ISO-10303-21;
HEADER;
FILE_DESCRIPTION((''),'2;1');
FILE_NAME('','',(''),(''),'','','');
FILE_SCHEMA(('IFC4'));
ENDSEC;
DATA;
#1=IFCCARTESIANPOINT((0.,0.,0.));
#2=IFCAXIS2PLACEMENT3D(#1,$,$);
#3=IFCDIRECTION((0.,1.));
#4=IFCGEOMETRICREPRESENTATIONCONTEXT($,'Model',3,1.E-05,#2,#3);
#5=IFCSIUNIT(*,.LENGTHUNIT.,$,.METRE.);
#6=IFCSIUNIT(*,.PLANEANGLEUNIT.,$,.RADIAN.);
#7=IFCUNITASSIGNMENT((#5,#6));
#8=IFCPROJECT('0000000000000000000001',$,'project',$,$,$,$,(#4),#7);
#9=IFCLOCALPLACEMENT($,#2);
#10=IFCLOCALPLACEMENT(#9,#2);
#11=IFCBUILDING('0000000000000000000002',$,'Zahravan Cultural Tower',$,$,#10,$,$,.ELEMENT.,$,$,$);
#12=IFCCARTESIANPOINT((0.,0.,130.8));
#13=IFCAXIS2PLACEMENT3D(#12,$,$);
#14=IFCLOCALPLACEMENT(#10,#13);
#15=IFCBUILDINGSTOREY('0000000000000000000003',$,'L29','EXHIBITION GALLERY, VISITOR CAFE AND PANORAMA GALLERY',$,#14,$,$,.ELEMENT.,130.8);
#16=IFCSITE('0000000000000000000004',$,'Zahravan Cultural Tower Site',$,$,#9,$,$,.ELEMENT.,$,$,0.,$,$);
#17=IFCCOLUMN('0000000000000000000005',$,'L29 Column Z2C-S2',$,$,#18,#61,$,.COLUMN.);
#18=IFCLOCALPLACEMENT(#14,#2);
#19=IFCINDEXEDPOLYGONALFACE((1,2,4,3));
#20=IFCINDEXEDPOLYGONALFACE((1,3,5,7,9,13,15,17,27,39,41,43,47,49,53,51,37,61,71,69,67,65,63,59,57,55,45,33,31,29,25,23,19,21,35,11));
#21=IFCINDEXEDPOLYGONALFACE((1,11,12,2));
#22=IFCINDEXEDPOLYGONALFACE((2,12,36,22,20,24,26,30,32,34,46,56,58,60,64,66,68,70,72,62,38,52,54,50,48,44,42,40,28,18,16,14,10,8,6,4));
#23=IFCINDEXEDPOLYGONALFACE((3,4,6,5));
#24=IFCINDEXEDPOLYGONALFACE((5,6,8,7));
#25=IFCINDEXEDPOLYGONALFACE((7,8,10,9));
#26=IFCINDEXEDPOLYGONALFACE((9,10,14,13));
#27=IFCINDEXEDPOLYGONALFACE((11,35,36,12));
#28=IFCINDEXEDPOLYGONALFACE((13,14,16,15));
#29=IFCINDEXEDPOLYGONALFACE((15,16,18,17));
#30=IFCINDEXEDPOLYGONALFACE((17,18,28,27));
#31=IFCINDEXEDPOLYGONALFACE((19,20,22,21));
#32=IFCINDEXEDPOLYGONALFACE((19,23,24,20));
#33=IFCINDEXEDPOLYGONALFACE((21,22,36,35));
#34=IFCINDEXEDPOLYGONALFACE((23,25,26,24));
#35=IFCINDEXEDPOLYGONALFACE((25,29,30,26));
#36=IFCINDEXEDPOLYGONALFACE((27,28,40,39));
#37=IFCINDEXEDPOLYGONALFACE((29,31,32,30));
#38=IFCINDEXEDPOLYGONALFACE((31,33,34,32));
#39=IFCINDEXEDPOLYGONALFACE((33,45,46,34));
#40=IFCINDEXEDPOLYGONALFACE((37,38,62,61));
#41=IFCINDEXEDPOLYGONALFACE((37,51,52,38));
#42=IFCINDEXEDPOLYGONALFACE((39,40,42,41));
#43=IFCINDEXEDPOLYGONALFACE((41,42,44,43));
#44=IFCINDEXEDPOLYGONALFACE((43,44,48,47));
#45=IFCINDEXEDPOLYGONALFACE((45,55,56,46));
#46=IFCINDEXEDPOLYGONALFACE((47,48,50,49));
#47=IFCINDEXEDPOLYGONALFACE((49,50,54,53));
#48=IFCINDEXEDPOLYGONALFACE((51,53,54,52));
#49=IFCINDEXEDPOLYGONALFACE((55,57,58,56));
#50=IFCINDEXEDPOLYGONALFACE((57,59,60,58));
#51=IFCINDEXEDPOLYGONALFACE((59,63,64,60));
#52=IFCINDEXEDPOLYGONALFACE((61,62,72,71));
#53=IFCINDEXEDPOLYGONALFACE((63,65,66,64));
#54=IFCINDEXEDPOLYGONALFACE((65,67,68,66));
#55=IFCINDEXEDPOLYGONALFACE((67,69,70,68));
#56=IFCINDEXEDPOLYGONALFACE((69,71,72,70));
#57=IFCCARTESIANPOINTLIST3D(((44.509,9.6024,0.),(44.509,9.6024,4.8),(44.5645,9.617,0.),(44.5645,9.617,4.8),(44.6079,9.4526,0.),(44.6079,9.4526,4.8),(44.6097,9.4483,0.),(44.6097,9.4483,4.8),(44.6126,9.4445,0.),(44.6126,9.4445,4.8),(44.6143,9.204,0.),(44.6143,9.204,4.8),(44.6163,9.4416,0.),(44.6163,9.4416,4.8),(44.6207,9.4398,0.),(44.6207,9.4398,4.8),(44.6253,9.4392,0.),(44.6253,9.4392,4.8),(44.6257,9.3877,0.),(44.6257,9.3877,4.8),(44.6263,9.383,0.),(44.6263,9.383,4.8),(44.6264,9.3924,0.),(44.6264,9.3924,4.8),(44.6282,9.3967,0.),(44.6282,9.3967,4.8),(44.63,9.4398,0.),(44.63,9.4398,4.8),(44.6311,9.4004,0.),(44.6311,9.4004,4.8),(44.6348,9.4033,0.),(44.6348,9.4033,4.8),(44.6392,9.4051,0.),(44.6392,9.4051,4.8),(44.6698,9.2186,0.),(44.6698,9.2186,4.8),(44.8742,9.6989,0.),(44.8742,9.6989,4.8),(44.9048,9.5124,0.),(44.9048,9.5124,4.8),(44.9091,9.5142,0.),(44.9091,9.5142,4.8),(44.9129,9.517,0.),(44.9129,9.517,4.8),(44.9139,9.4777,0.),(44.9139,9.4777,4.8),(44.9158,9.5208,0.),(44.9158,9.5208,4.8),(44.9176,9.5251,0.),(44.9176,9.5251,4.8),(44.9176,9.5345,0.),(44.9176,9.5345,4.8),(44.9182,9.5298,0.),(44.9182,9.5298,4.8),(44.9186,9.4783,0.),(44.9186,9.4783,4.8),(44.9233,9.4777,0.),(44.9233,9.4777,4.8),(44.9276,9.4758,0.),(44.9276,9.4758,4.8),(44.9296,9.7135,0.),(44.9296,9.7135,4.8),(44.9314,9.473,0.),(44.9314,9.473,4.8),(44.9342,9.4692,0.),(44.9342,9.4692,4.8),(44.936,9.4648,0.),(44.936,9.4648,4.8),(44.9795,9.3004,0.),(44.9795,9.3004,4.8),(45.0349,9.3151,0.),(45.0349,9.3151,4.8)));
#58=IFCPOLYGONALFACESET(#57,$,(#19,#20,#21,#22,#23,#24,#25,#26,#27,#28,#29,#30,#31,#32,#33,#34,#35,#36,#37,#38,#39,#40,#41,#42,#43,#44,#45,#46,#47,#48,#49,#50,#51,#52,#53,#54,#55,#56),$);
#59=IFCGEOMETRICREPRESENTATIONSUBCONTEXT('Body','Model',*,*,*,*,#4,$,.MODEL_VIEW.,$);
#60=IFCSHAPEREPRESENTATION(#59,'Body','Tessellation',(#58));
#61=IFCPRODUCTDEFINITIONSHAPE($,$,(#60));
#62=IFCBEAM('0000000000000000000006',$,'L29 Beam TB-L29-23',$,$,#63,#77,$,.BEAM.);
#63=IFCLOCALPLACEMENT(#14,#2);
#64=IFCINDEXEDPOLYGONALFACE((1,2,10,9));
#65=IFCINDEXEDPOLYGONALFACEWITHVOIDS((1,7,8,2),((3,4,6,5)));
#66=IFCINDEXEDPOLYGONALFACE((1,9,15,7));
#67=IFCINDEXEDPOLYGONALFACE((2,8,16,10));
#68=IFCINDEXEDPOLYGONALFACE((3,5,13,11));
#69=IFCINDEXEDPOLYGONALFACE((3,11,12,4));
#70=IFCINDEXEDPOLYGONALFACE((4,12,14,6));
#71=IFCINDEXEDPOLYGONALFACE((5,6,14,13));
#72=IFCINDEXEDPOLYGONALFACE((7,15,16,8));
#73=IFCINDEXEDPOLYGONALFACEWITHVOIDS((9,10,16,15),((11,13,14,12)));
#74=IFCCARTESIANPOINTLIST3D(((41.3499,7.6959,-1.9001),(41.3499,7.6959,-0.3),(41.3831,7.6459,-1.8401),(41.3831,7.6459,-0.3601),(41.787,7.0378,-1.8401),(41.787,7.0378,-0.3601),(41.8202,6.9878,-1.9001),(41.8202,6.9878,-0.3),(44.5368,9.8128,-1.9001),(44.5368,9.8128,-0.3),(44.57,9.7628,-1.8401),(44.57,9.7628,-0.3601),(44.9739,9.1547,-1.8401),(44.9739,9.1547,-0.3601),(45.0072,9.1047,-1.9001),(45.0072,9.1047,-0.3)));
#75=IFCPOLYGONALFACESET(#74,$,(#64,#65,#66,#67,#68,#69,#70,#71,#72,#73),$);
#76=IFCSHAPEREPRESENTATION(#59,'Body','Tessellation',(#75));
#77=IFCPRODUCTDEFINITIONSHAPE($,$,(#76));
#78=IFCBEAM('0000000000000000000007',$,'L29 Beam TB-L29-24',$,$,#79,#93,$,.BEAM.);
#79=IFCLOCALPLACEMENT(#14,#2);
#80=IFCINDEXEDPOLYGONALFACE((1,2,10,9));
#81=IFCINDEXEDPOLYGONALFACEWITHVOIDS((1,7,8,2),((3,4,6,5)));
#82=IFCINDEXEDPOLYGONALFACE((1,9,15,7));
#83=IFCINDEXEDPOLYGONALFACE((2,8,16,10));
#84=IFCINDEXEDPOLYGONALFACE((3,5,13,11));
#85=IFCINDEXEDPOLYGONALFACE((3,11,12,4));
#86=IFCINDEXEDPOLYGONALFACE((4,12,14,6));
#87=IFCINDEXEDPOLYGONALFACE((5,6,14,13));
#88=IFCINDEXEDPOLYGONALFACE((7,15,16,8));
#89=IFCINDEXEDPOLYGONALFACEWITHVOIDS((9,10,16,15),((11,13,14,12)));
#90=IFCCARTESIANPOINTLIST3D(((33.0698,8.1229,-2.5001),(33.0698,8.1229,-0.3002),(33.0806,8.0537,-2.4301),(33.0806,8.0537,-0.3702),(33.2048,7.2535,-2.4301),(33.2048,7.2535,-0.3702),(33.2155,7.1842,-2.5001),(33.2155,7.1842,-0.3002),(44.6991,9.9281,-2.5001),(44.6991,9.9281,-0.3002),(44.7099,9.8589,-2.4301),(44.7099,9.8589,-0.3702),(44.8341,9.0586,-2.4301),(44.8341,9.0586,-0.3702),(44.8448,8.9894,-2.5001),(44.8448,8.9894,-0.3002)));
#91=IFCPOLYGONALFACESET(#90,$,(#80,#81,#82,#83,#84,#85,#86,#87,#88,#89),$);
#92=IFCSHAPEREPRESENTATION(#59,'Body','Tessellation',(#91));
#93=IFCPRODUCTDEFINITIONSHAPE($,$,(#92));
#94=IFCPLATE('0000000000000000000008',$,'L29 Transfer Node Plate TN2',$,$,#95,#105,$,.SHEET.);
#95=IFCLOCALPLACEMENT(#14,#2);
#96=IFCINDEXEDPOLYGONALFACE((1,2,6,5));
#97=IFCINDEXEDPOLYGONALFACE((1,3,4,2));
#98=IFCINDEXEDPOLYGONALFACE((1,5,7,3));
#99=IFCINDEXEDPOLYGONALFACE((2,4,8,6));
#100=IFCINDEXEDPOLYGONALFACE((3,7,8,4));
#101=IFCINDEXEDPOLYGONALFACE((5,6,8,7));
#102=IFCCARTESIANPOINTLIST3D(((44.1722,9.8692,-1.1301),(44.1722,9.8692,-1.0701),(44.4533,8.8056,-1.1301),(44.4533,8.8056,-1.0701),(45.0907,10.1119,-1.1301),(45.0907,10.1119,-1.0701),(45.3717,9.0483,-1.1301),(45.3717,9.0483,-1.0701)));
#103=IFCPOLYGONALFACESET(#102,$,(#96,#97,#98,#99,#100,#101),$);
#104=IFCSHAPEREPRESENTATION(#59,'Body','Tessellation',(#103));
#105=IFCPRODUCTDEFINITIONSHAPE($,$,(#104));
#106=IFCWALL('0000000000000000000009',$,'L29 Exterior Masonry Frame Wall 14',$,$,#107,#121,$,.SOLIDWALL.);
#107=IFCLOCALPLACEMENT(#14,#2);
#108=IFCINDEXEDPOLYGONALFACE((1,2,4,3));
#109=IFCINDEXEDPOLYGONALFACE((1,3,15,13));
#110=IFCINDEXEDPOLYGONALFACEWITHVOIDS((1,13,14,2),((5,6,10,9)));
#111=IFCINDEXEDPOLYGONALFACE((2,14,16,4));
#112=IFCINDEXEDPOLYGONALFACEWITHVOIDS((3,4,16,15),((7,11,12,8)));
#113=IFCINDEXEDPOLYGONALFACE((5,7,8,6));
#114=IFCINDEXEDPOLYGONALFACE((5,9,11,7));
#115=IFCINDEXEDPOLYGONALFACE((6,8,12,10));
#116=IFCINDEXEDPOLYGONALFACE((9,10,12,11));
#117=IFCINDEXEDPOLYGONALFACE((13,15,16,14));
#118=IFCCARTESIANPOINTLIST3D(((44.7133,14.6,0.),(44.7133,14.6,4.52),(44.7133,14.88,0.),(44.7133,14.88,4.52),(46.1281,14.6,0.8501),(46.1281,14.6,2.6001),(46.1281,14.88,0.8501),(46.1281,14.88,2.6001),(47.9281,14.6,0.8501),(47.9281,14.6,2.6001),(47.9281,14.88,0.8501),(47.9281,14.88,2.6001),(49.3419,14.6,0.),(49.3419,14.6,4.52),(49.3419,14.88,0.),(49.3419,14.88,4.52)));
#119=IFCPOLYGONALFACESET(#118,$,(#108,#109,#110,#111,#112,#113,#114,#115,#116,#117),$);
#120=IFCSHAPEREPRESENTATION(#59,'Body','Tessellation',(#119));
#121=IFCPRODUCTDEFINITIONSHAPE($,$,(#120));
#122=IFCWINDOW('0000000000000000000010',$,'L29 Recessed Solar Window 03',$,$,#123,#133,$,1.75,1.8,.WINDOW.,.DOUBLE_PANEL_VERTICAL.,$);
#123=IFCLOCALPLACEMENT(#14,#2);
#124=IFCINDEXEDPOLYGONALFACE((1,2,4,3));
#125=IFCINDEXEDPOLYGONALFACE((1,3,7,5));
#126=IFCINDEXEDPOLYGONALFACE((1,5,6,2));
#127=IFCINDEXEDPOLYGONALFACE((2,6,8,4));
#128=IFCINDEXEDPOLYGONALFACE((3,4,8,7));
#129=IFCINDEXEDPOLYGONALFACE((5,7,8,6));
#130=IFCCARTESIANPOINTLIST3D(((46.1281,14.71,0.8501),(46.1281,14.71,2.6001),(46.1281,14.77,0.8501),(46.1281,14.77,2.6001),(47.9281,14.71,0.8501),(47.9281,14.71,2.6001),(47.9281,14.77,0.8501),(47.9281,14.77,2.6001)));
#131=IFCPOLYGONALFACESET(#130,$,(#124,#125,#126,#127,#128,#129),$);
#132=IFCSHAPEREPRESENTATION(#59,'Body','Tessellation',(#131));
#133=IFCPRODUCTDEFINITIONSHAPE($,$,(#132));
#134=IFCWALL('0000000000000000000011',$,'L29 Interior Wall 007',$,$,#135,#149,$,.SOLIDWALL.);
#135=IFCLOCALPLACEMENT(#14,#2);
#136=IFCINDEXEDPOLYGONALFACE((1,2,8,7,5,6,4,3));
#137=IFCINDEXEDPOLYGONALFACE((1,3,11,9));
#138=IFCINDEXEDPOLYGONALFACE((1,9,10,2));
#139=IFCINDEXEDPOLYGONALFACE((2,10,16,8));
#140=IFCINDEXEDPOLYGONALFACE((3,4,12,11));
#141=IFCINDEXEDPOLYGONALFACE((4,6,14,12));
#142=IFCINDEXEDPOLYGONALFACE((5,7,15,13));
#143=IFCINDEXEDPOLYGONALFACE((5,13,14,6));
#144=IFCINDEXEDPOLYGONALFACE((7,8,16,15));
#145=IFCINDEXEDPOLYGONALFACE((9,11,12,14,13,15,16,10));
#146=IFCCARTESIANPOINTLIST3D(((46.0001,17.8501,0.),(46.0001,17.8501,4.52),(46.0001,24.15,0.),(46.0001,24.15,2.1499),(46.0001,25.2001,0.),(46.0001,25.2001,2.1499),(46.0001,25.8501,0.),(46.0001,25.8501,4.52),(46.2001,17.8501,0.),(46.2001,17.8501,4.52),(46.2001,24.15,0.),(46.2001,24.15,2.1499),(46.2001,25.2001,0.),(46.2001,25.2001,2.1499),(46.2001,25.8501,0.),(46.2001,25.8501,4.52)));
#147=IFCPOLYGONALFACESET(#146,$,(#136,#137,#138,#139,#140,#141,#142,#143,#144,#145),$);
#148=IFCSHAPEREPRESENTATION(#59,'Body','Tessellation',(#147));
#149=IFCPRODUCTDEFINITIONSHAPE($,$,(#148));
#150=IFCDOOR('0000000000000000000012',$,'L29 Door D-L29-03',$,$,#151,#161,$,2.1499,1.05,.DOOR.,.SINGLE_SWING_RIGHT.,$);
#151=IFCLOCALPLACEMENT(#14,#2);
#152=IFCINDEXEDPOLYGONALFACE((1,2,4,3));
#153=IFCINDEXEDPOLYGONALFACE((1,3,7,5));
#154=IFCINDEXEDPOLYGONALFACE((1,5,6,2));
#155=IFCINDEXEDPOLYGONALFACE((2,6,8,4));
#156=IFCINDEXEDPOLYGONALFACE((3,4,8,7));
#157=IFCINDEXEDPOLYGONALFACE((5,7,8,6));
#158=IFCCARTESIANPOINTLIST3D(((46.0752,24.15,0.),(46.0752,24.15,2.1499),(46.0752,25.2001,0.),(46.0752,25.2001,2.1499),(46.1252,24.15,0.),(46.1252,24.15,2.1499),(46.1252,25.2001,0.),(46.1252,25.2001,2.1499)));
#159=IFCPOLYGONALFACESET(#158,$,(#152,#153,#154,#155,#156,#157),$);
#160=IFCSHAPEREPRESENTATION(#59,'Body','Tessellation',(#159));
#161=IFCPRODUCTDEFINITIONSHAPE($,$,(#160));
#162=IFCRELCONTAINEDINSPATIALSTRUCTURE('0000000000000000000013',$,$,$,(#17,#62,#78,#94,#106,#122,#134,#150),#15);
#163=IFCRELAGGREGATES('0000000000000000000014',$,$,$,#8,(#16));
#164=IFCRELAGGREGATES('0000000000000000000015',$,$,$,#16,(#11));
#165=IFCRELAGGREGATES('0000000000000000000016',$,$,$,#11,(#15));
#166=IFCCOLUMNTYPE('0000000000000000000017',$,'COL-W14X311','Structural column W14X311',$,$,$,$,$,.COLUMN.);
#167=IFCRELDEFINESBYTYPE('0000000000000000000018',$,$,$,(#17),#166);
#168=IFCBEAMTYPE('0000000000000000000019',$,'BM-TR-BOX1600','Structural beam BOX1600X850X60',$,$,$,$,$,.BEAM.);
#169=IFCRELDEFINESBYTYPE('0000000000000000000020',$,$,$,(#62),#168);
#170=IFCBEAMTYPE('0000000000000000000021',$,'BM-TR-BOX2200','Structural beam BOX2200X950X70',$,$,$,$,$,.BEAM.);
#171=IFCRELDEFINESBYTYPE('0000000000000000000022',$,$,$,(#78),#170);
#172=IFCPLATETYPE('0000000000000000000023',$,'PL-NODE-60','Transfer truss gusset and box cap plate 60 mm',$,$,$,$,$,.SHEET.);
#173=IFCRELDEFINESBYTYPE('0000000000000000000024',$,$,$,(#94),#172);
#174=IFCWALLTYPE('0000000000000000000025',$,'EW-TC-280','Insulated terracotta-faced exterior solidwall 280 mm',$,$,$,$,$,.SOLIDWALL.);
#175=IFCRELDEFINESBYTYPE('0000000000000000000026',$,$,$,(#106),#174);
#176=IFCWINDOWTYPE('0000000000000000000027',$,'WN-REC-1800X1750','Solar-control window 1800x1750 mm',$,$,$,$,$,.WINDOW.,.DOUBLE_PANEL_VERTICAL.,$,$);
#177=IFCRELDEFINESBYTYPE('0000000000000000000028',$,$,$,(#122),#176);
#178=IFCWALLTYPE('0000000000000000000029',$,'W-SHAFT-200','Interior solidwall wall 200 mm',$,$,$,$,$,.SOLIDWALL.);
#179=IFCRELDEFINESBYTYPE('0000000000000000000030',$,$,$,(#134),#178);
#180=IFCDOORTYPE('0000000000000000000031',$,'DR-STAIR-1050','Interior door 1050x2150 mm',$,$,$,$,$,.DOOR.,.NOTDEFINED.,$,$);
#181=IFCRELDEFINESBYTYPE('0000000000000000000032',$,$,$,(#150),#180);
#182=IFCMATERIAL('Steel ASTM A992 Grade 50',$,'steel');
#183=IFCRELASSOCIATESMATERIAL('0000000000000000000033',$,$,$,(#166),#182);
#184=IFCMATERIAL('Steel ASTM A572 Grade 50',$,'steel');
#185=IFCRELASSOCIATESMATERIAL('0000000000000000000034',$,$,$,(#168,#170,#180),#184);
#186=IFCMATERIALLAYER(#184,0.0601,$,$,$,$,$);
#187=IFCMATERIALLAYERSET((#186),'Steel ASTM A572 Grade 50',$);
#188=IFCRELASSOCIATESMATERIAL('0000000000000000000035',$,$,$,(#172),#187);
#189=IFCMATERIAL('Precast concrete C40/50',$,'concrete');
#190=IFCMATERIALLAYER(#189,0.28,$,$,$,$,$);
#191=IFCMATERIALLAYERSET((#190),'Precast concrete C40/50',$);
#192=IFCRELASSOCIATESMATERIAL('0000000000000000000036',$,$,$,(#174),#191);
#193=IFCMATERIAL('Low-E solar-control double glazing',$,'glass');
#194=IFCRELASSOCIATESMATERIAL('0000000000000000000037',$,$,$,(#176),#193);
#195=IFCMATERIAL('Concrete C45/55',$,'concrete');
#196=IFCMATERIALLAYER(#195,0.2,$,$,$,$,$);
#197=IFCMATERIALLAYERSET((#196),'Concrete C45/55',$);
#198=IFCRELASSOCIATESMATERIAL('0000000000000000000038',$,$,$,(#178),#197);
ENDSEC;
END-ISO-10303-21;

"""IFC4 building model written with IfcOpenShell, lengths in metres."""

from ifc_helpers import new_model, si_unit, direction, frame, frame_2d, origin, origin_2d, place, context, subcontext, project, spatial, rectangle, hollow_rectangle, i_section, extrude, source, transform, mapped, material, layer, layer_set, material_profile, profile_set, type_object, element, fill, save


model = new_model("IFC4")

# Units and contexts
model_context = context("Model", 3, precision=1e-05, world=origin(), true_north=direction((0.0, 1.0)))
body_context = subcontext(model_context, "Body", "Model", "MODEL_VIEW")
ifc_project = project(units=[si_unit("LENGTHUNIT", "METRE"), si_unit("PLANEANGLEUNIT", "RADIAN")], contexts=[model_context])

# Site, building, storey
site_placement = place(None, origin())
site = spatial("IfcSite", under=ifc_project, at=site_placement, Name="Zahravan Cultural Tower Site", CompositionType="ELEMENT", RefElevation=0.0)
building_placement = place(site_placement, origin())
building = spatial("IfcBuilding", under=site, at=building_placement, Name="Zahravan Cultural Tower", CompositionType="ELEMENT")
storey_placement = place(building_placement, frame((0.0, 0.0, 130.8)))
storey = spatial("IfcBuildingStorey", under=building, at=storey_placement, Name="L29", Description="EXHIBITION GALLERY, VISITOR CAFE AND PANORAMA GALLERY", CompositionType="ELEMENT", Elevation=130.8)

# Column
ifc_material_1 = material(Name="Steel ASTM A992 Grade 50", Category="steel")
ifc_material_profile_1 = material_profile(ifc_material_1, i_section(OverallWidth=0.4121, OverallDepth=0.4351, WebThickness=0.0359, FlangeThickness=0.0574, FilletRadius=0.0181, at=origin_2d()), Name="W14X311")
ifc_profile_set_1 = profile_set([ifc_material_profile_1], Name="Steel ASTM A992 Grade 50")
column_type = type_object("IfcColumnType", Name="COL-W14X311", Description="Structural column W14X311", PredefinedType="COLUMN", material=ifc_profile_set_1)
shared_shape_1 = source(origin(), body_context, "Body", "SweptSolid", [
    extrude(i_section(OverallWidth=0.4121, OverallDepth=0.4351, WebThickness=0.0359, FlangeThickness=0.0574, FilletRadius=0.0181, at=origin_2d()), origin(), (0.0, 0.0, 1.0), 4.8),
])
column_placement = place(storey_placement, frame((44.772, 9.4587, 0.0), z_axis=(0.0, 0.0, 1.0), x_axis=(-0.255446, 0.966823, 0.0)))
element("IfcColumn", 1, at=column_placement, inside=storey, type_object=column_type, Name="L29 Column Z2C-S2", PredefinedType="COLUMN", context=body_context, shape_type="MappedRepresentation", body=[
    mapped(shared_shape_1, transform((0.0, 0.0, 0.0), x_axis=(1.0, 0.0, 0.0), y_axis=(0.0, 1.0, 0.0), z_axis=(0.0, 0.0, 1.0), scale=1.0)),
])

# Beams
ifc_material_2 = material(Name="Steel ASTM A572 Grade 50", Category="steel")
ifc_material_profile_2 = material_profile(ifc_material_2, hollow_rectangle(XDim=0.8501, YDim=1.6001, WallThickness=0.0601, at=origin_2d()), Name="BOX1600X850X60")
ifc_profile_set_2 = profile_set([ifc_material_profile_2], Name="Steel ASTM A572 Grade 50")
beam_type_1 = type_object("IfcBeamType", Name="BM-TR-BOX1600", Description="Structural beam BOX1600X850X60", PredefinedType="BEAM", material=ifc_profile_set_2)
shared_shape_2 = source(origin(), body_context, "Body", "SweptSolid", [
    extrude(hollow_rectangle(XDim=0.8501, YDim=1.6001, WallThickness=0.0601, at=origin_2d()), origin(), (0.0, 0.0, 1.0), 3.8259),
])
beam_1_placement = place(storey_placement, frame((44.772, 9.4587, -1.1001), z_axis=(-0.832982, -0.5533, 0.0), x_axis=(0.5533, -0.832982, 0.0)))
element("IfcBeam", 2, at=beam_1_placement, inside=storey, type_object=beam_type_1, Name="L29 Beam TB-L29-23", PredefinedType="BEAM", context=body_context, shape_type="MappedRepresentation", body=[
    mapped(shared_shape_2, transform((0.0, 0.0, 0.0), x_axis=(1.0, 0.0, 0.0), y_axis=(0.0, 1.0, 0.0), z_axis=(0.0, 0.0, 1.0), scale=1.0)),
])
ifc_material_profile_3 = material_profile(ifc_material_2, hollow_rectangle(XDim=0.95, YDim=2.2, WallThickness=0.0701, at=origin_2d()), Name="BOX2200X950X70")
ifc_profile_set_3 = profile_set([ifc_material_profile_3], Name="Steel ASTM A572 Grade 50")
beam_type_2 = type_object("IfcBeamType", Name="BM-TR-BOX2200", Description="Structural beam BOX2200X950X70", PredefinedType="BEAM", material=ifc_profile_set_3)
shared_shape_3 = source(origin(), body_context, "Body", "SweptSolid", [
    extrude(hollow_rectangle(XDim=0.95, YDim=2.2, WallThickness=0.0701, at=origin_2d()), origin(), (0.0, 0.0, 1.0), 11.7686),
])
beam_2_placement = place(storey_placement, frame((44.772, 9.4587, -1.4001), z_axis=(-0.988166, -0.153388, 0.0), x_axis=(0.153388, -0.988166, 0.0)))
element("IfcBeam", 3, at=beam_2_placement, inside=storey, type_object=beam_type_2, Name="L29 Beam TB-L29-24", PredefinedType="BEAM", context=body_context, shape_type="MappedRepresentation", body=[
    mapped(shared_shape_3, transform((0.0, 0.0, 0.0), x_axis=(1.0, 0.0, 0.0), y_axis=(0.0, 1.0, 0.0), z_axis=(0.0, 0.0, 1.0), scale=1.0)),
])

# Plate
ifc_layer_1 = layer(ifc_material_2, 0.0601)
ifc_layer_set_1 = layer_set([ifc_layer_1], Name="Steel ASTM A572 Grade 50")
plate_type = type_object("IfcPlateType", Name="PL-NODE-60", Description="Transfer truss gusset and box cap plate 60 mm", PredefinedType="SHEET", material=ifc_layer_set_1)
shared_shape_4 = source(origin(), body_context, "Body", "SweptSolid", [
    extrude(rectangle(XDim=1.1001, YDim=0.95, at=origin_2d()), origin(), (0.0, 0.0, 1.0), 0.0601),
])
plate_placement = place(storey_placement, frame((44.772, 9.4587, -1.1301), z_axis=(0.0, 0.0, 1.0), x_axis=(-0.255446, 0.966823, 0.0)))
element("IfcPlate", 4, at=plate_placement, inside=storey, type_object=plate_type, Name="L29 Transfer Node Plate TN2", PredefinedType="SHEET", context=body_context, shape_type="MappedRepresentation", body=[
    mapped(shared_shape_4, transform((0.0, 0.0, 0.0), x_axis=(1.0, 0.0, 0.0), y_axis=(0.0, 1.0, 0.0), z_axis=(0.0, 0.0, 1.0), scale=1.0)),
])

# Wall, opening, window
ifc_material_3 = material(Name="Precast concrete C40/50", Category="concrete")
ifc_layer_2 = layer(ifc_material_3, 0.28)
ifc_layer_set_2 = layer_set([ifc_layer_2], Name="Precast concrete C40/50")
wall_type_1 = type_object("IfcWallType", Name="EW-TC-280", Description="Insulated terracotta-faced exterior solidwall 280 mm", PredefinedType="SOLIDWALL", material=ifc_layer_set_2)
wall_1_placement = place(storey_placement, frame((49.342, 14.74, 0.0), z_axis=(0.0, 0.0, 1.0), x_axis=(-1.0, 0.0, 0.0)))
wall_1 = element("IfcWall", 5, at=wall_1_placement, inside=storey, type_object=wall_type_1, Name="L29 Exterior Masonry Frame Wall 14", PredefinedType="SOLIDWALL", context=body_context, shape_type="SweptSolid", body=[
    extrude(rectangle(XDim=4.6287, YDim=0.28, at=frame_2d((2.3145, 0.0))), origin(), (0.0, 0.0, 1.0), 4.52),
])
opening_1_placement = place(wall_1_placement, frame((1.4141, 0.0, 0.8501)))
opening_1 = element("IfcOpeningElement", 6, at=opening_1_placement, cuts=wall_1, PredefinedType="OPENING", context=body_context, shape_type="SweptSolid", body=[
    extrude(rectangle(XDim=1.8, YDim=1.75, at=frame_2d((0.8999, 0.875))), frame((0.0, 0.1499, 0.0), z_axis=(0.0, -1.0, 0.0), x_axis=(1.0, 0.0, 0.0)), (0.0, 0.0, 1.0), 0.3),
])
ifc_material_4 = material(Name="Low-E solar-control double glazing", Category="glass")
window_type = type_object("IfcWindowType", Name="WN-REC-1800X1750", Description="Solar-control window 1800x1750 mm", PartitioningType="DOUBLE_PANEL_VERTICAL", PredefinedType="WINDOW", material=ifc_material_4)
shared_shape_5 = source(origin(), body_context, "Body", "SweptSolid", [
    extrude(rectangle(XDim=1.8, YDim=1.75, at=frame_2d((0.8999, 0.875))), frame((0.0, 0.03, 0.0), z_axis=(0.0, -1.0, 0.0), x_axis=(1.0, 0.0, 0.0)), (0.0, 0.0, 1.0), 0.0601),
])
window_placement = place(opening_1_placement, origin())
window = element("IfcWindow", 7, at=window_placement, inside=storey, type_object=window_type, Name="L29 Recessed Solar Window 03", OverallHeight=1.75, OverallWidth=1.8, PartitioningType="DOUBLE_PANEL_VERTICAL", PredefinedType="WINDOW", context=body_context, shape_type="MappedRepresentation", body=[
    mapped(shared_shape_5, transform((0.0, 0.0, 0.0), x_axis=(1.0, 0.0, 0.0), y_axis=(0.0, 1.0, 0.0), z_axis=(0.0, 0.0, 1.0), scale=1.0)),
])
fill(opening_1, window)

# Wall, opening, door
ifc_material_5 = material(Name="Concrete C45/55", Category="concrete")
ifc_layer_3 = layer(ifc_material_5, 0.2)
ifc_layer_set_3 = layer_set([ifc_layer_3], Name="Concrete C45/55")
wall_type_2 = type_object("IfcWallType", Name="W-SHAFT-200", Description="Interior solidwall wall 200 mm", PredefinedType="SOLIDWALL", material=ifc_layer_set_3)
wall_2_placement = place(storey_placement, frame((46.1001, 17.8501, 0.0), z_axis=(0.0, 0.0, 1.0), x_axis=(0.0, 1.0, 0.0)))
wall_2 = element("IfcWall", 8, at=wall_2_placement, inside=storey, type_object=wall_type_2, Name="L29 Interior Wall 007", PredefinedType="SOLIDWALL", context=body_context, shape_type="SweptSolid", body=[
    extrude(rectangle(XDim=8.0, YDim=0.2, at=frame_2d((4.0, 0.0))), origin(), (0.0, 0.0, 1.0), 4.52),
])
opening_2_placement = place(wall_2_placement, frame((6.3, 0.0, 0.0)))
opening_2 = element("IfcOpeningElement", 9, at=opening_2_placement, cuts=wall_2, PredefinedType="OPENING", context=body_context, shape_type="SweptSolid", body=[
    extrude(rectangle(XDim=1.05, YDim=2.1499, at=frame_2d((0.5249, 1.075))), frame((0.0, 0.1099, 0.0), z_axis=(0.0, -1.0, 0.0), x_axis=(1.0, 0.0, 0.0)), (0.0, 0.0, 1.0), 0.22),
])
door_type = type_object("IfcDoorType", Name="DR-STAIR-1050", Description="Interior door 1050x2150 mm", OperationType="NOTDEFINED", PredefinedType="DOOR", material=ifc_material_2)
shared_shape_6 = source(origin(), body_context, "Body", "SweptSolid", [
    extrude(rectangle(XDim=1.05, YDim=2.1499, at=frame_2d((0.5249, 1.075))), frame((0.0, 0.0249, 0.0), z_axis=(0.0, -1.0, 0.0), x_axis=(1.0, 0.0, 0.0)), (0.0, 0.0, 1.0), 0.05),
])
door_placement = place(opening_2_placement, origin())
door = element("IfcDoor", 10, at=door_placement, inside=storey, type_object=door_type, Name="L29 Door D-L29-03", OperationType="SINGLE_SWING_RIGHT", OverallHeight=2.1499, OverallWidth=1.05, PredefinedType="DOOR", context=body_context, shape_type="MappedRepresentation", body=[
    mapped(shared_shape_6, transform((0.0, 0.0, 0.0), x_axis=(1.0, 0.0, 0.0), y_axis=(0.0, 1.0, 0.0), z_axis=(0.0, 0.0, 1.0), scale=1.0)),
])
fill(opening_2, door)

save(model, "model.ifc")
